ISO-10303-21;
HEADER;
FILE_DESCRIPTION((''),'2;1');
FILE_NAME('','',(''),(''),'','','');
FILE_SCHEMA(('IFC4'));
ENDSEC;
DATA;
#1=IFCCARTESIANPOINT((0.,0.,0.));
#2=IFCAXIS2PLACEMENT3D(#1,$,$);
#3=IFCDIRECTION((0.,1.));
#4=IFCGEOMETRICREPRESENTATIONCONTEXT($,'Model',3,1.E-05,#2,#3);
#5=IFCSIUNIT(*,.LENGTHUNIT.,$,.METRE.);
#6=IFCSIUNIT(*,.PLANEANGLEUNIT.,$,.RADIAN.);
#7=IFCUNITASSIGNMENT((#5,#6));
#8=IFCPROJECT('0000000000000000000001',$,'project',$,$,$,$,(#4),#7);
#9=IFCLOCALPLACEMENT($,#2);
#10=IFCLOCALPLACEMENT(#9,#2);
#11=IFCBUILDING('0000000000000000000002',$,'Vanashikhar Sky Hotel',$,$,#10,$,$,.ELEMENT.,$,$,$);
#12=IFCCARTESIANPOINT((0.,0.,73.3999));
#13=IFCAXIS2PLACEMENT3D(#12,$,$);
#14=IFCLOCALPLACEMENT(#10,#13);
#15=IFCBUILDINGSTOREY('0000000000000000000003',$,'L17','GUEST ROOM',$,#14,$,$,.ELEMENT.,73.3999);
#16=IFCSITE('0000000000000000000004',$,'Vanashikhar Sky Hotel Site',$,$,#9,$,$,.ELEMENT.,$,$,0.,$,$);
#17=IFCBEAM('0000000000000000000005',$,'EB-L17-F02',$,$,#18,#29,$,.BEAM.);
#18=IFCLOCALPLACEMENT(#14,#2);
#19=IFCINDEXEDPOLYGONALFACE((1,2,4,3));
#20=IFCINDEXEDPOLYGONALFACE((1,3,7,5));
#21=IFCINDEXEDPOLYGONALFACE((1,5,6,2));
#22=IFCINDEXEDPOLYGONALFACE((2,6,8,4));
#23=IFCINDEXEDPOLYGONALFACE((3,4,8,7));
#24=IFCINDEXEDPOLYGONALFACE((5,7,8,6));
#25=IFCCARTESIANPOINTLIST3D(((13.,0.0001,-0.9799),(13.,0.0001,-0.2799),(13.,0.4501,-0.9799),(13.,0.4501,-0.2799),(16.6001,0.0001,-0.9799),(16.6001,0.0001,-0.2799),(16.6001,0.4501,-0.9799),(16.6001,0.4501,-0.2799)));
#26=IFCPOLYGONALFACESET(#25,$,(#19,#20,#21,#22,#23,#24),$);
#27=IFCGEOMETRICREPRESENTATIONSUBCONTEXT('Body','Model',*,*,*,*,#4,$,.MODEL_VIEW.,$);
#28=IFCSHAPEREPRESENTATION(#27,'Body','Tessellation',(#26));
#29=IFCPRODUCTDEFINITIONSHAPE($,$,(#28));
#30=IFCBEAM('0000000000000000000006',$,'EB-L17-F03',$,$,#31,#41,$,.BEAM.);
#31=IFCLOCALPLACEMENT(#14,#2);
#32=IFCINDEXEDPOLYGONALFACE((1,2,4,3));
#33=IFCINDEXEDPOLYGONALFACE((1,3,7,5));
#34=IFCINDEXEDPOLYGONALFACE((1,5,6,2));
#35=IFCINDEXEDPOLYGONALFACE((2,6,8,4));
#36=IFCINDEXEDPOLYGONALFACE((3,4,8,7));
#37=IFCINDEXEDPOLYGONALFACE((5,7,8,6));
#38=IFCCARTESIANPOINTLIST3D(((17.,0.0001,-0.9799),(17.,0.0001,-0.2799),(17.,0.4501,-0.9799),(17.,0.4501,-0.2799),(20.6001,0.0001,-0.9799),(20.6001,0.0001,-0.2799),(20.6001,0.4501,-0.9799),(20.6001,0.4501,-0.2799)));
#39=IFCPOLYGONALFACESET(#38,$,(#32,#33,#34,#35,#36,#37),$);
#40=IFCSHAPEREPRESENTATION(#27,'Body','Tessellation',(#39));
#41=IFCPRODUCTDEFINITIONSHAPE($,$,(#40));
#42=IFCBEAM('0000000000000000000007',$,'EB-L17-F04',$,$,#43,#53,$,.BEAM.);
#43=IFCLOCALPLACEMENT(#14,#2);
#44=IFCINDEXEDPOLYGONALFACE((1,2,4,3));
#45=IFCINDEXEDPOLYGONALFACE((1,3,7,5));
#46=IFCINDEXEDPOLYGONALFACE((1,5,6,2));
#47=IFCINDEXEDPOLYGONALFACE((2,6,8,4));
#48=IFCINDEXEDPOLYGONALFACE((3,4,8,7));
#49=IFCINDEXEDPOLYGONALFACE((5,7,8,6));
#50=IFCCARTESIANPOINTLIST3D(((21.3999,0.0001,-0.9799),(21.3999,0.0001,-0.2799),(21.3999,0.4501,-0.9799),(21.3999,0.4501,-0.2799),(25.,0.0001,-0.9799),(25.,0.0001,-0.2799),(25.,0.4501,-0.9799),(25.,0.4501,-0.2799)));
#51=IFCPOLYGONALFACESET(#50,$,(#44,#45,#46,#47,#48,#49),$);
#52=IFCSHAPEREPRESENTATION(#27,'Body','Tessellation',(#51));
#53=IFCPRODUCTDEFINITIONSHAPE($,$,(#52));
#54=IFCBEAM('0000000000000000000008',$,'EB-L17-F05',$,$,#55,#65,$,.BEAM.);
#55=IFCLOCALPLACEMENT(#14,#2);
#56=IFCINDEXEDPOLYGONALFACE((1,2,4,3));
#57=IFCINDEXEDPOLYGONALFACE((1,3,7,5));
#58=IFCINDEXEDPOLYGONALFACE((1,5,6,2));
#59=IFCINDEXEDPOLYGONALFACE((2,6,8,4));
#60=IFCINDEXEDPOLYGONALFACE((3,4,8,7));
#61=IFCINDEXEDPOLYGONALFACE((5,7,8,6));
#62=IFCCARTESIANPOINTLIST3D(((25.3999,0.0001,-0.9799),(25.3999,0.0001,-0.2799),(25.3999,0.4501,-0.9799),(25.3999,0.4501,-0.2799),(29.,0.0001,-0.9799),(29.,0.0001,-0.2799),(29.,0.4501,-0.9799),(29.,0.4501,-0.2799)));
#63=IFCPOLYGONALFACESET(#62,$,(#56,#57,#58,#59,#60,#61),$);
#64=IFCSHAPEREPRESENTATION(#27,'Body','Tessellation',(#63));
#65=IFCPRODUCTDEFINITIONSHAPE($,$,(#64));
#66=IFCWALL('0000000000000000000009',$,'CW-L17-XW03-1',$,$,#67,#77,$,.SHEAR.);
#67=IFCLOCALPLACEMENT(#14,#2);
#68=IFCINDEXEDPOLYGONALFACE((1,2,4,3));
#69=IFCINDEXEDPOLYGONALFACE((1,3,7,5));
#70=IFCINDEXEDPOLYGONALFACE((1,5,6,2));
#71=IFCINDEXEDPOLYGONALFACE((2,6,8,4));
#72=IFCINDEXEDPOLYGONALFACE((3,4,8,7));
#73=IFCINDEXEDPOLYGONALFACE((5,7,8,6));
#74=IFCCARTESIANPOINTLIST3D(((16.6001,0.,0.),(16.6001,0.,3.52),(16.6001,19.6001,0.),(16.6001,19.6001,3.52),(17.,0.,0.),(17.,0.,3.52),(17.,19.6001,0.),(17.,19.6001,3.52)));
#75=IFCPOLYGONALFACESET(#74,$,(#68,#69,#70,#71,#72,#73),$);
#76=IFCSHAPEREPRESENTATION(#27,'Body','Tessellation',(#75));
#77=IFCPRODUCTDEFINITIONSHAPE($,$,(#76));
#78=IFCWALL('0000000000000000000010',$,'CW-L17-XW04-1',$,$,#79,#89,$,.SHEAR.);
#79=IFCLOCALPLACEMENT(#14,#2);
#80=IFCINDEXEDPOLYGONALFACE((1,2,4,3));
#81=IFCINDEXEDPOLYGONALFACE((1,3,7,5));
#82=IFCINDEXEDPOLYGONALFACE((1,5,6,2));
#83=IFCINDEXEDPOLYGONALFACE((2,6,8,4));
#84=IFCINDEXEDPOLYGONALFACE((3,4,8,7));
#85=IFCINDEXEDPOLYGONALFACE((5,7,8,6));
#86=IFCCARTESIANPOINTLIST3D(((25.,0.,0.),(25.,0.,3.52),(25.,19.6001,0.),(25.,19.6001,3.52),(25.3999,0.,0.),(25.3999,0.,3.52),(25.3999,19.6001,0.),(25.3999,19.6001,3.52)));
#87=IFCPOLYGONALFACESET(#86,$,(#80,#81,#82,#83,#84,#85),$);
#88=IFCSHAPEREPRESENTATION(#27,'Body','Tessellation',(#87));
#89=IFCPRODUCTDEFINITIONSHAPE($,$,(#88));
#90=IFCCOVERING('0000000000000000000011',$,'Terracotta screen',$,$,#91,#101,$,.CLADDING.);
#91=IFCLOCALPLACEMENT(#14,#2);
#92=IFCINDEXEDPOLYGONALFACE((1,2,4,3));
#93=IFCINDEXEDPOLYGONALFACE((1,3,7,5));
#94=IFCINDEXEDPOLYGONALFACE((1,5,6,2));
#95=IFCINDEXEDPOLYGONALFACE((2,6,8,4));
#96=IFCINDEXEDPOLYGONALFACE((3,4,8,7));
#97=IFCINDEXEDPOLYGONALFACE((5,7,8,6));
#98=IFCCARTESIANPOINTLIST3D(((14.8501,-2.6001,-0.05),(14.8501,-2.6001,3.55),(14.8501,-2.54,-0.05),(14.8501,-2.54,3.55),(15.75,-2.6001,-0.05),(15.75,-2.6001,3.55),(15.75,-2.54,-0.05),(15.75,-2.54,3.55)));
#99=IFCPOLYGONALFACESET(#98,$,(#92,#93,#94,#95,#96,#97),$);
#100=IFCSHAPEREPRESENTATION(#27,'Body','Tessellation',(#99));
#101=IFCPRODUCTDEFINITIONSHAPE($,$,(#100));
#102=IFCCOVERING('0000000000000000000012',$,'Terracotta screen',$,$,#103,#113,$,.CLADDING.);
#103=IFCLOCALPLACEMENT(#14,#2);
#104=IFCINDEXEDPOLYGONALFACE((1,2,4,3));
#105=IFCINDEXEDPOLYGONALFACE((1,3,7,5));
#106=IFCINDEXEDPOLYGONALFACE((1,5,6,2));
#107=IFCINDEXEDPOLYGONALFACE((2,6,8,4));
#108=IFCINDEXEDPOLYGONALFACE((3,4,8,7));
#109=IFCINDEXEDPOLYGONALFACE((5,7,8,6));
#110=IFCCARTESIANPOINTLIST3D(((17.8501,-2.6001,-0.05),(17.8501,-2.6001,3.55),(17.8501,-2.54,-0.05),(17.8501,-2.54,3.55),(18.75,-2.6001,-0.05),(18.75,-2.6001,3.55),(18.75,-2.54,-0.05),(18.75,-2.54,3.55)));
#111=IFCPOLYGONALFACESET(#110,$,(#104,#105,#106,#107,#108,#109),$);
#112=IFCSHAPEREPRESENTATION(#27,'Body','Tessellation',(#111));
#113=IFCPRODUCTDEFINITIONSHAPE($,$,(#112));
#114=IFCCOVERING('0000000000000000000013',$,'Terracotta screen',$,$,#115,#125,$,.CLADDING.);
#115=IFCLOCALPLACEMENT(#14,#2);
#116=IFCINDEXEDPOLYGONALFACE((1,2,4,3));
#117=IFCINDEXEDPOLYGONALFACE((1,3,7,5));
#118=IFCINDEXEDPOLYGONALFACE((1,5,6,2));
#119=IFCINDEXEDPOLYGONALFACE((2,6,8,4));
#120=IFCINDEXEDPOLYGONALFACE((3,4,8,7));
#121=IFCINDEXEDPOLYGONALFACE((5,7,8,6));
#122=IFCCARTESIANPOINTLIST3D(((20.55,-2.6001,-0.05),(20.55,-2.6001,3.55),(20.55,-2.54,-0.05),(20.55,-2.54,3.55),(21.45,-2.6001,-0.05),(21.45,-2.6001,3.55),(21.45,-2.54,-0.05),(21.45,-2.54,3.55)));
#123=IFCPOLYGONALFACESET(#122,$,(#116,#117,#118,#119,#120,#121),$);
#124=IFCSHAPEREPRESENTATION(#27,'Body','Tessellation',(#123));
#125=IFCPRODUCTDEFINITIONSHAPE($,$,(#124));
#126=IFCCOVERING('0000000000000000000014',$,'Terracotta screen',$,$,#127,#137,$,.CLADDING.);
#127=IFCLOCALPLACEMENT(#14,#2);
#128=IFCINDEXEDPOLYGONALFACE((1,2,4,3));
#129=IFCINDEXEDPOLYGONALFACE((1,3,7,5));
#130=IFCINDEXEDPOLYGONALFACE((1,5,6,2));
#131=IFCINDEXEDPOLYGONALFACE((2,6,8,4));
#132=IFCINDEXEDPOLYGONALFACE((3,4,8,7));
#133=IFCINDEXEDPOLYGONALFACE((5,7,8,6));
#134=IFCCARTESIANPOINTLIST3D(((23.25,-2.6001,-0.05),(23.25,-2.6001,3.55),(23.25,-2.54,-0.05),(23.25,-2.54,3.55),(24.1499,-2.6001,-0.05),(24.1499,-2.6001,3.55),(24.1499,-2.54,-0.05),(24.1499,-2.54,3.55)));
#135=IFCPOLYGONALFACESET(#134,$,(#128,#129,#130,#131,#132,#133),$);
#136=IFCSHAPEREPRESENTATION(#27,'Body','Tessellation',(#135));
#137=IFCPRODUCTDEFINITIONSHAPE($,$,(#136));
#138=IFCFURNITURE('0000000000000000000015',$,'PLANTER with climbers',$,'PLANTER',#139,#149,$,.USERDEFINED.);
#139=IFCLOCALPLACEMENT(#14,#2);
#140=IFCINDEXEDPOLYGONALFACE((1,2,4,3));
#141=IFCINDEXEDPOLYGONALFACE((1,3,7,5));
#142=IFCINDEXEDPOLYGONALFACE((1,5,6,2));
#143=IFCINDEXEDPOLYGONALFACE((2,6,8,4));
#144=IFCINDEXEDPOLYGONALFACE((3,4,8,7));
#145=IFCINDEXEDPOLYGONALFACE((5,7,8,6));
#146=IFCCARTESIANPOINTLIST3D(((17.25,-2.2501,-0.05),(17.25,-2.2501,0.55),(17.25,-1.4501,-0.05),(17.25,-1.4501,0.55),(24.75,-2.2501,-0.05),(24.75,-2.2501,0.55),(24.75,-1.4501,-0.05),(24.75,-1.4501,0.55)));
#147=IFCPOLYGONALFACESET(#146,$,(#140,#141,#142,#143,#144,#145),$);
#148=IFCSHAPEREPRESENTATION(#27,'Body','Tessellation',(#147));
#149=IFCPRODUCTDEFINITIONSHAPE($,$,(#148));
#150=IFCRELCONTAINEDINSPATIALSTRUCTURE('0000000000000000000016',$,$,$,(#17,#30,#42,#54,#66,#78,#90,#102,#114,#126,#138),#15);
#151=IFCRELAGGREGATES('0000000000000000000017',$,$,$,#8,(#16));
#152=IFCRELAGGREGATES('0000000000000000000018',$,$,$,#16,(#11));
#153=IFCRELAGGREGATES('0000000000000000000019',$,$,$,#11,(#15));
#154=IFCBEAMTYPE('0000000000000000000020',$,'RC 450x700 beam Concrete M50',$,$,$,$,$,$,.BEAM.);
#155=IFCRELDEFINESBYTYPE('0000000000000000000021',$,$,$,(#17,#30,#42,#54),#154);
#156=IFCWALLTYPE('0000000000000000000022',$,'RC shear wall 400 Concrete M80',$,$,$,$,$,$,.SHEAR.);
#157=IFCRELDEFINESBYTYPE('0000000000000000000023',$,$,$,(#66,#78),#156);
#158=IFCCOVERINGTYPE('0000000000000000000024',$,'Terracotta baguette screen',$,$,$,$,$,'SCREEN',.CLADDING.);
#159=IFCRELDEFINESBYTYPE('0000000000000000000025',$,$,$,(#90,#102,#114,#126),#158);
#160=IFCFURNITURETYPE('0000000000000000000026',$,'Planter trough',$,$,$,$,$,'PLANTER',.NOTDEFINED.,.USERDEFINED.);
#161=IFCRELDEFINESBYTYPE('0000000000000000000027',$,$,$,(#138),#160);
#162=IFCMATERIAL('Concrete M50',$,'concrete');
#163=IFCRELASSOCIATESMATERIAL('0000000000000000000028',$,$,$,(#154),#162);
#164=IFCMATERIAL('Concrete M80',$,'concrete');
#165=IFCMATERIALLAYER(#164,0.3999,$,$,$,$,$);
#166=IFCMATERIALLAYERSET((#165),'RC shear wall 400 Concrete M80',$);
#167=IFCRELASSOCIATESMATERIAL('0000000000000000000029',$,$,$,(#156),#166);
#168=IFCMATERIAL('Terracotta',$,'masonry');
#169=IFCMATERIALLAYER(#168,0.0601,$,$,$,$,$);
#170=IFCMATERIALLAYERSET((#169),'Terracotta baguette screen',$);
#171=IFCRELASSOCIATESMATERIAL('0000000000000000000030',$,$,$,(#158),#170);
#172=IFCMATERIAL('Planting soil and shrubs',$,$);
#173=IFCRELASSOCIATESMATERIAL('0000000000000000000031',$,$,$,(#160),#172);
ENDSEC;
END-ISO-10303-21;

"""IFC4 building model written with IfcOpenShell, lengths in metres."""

from ifc_helpers import new_model, si_unit, direction, frame, frame_2d, origin, origin_2d, place, context, subcontext, project, spatial, rectangle, extrude, source, transform, mapped, material, layer, layer_set, material_profile, profile_set, type_object, element, save


model = new_model("IFC4")

# Units and contexts
model_context = context("Model", 3, precision=1e-05, world=origin(), true_north=direction((0.0, 1.0)))
body_context = subcontext(model_context, "Body", "Model", "MODEL_VIEW")
ifc_project = project(units=[si_unit("LENGTHUNIT", "METRE"), si_unit("PLANEANGLEUNIT", "RADIAN")], contexts=[model_context])

# Site, building, storey
site_placement = place(None, origin())
site = spatial("IfcSite", under=ifc_project, at=site_placement, Name="Vanashikhar Sky Hotel Site", CompositionType="ELEMENT", RefElevation=0.0)
building_placement = place(site_placement, origin())
building = spatial("IfcBuilding", under=site, at=building_placement, Name="Vanashikhar Sky Hotel", CompositionType="ELEMENT")
storey_placement = place(building_placement, frame((0.0, 0.0, 73.3999)))
storey = spatial("IfcBuildingStorey", under=building, at=storey_placement, Name="L17", Description="GUEST ROOM", CompositionType="ELEMENT", Elevation=73.3999)

# Beams
ifc_material_1 = material(Name="Concrete M50", Category="concrete")
ifc_material_profile = material_profile(ifc_material_1, rectangle(XDim=0.45, YDim=0.7, at=origin_2d()))
ifc_profile_set = profile_set([ifc_material_profile], Name="RC 450x700 beam Concrete M50")
beam_type = type_object("IfcBeamType", Name="RC 450x700 beam Concrete M50", PredefinedType="BEAM", material=ifc_profile_set)
shared_shape_1 = source(origin(), body_context, "Body", "SweptSolid", [
    extrude(rectangle(XDim=0.45, YDim=0.7, at=origin_2d()), origin(), (0.0, 0.0, 1.0), 3.6001),
])
for number, where, z_axis, x_axis, name in (
    (1, (13.0, 0.2251, -0.6299), (1.0, 0.0, 0.0), (0.0, 1.0, 0.0), "EB-L17-F02"),
    (2, (17.0, 0.2251, -0.6299), (1.0, 0.0, 0.0), (0.0, 1.0, 0.0), "EB-L17-F03"),
    (3, (21.3999, 0.2251, -0.6299), (1.0, 0.0, 0.0), (0.0, 1.0, 0.0), "EB-L17-F04"),
    (4, (25.3999, 0.2251, -0.6299), (1.0, 0.0, 0.0), (0.0, 1.0, 0.0), "EB-L17-F05"),
):
    element("IfcBeam", number, at=place(storey_placement, frame(where, z_axis=z_axis, x_axis=x_axis)), inside=storey, type_object=beam_type, Name=name, PredefinedType="BEAM", context=body_context, shape_type="MappedRepresentation", body=[
        mapped(shared_shape_1, transform((0.0, 0.0, 0.0), scale=1.0)),
    ])

# Walls
ifc_material_2 = material(Name="Concrete M80", Category="concrete")
ifc_layer_1 = layer(ifc_material_2, 0.3999)
ifc_layer_set_1 = layer_set([ifc_layer_1], Name="RC shear wall 400 Concrete M80")
wall_type_1 = type_object("IfcWallType", Name="RC shear wall 400 Concrete M80", PredefinedType="SHEAR", material=ifc_layer_set_1)
shared_shape_2 = source(origin(), body_context, "Body", "SweptSolid", [
    extrude(rectangle(XDim=19.6001, YDim=0.3999, at=frame_2d((9.8, 0.0))), origin(), (0.0, 0.0, 1.0), 3.52),
])
for number, where, z_axis, x_axis, name in (
    (5, (16.8, 0.0, 0.0), (0.0, 0.0, 1.0), (0.0, 1.0, 0.0), "CW-L17-XW03-1"),
    (6, (25.2, 0.0, 0.0), (0.0, 0.0, 1.0), (0.0, 1.0, 0.0), "CW-L17-XW04-1"),
):
    element("IfcWall", number, at=place(storey_placement, frame(where, z_axis=z_axis, x_axis=x_axis)), inside=storey, type_object=wall_type_1, Name=name, PredefinedType="SHEAR", context=body_context, shape_type="MappedRepresentation", body=[
        mapped(shared_shape_2, transform((0.0, 0.0, 0.0), scale=1.0)),
    ])

# Coverings
ifc_material_3 = material(Name="Terracotta", Category="masonry")
ifc_layer_2 = layer(ifc_material_3, 0.0601)
ifc_layer_set_2 = layer_set([ifc_layer_2], Name="Terracotta baguette screen")
covering_type = type_object("IfcCoveringType", Name="Terracotta baguette screen", ElementType="SCREEN", PredefinedType="CLADDING", material=ifc_layer_set_2)
shared_shape_3 = source(origin(), body_context, "Body", "SweptSolid", [
    extrude(rectangle(XDim=0.8999, YDim=0.0601, at=origin_2d()), origin(), (0.0, 0.0, 1.0), 3.6001),
])
for number, where, z_axis, x_axis, name in (
    (7, (15.3, -2.5701, -0.05), (0.0, 0.0, 1.0), (1.0, 0.0, 0.0), "Terracotta screen"),
    (8, (18.3, -2.5701, -0.05), (0.0, 0.0, 1.0), (1.0, 0.0, 0.0), "Terracotta screen"),
    (9, (21.0, -2.5701, -0.05), (0.0, 0.0, 1.0), (1.0, 0.0, 0.0), "Terracotta screen"),
    (10, (23.7, -2.5701, -0.05), (0.0, 0.0, 1.0), (1.0, 0.0, 0.0), "Terracotta screen"),
):
    element("IfcCovering", number, at=place(storey_placement, frame(where, z_axis=z_axis, x_axis=x_axis)), inside=storey, type_object=covering_type, Name=name, PredefinedType="CLADDING", context=body_context, shape_type="MappedRepresentation", body=[
        mapped(shared_shape_3, transform((0.0, 0.0, 0.0), scale=1.0)),
    ])

# Furniture
ifc_material_4 = material(Name="Planting soil and shrubs")
furniture_type = type_object("IfcFurnitureType", Name="Planter trough", ElementType="PLANTER", AssemblyPlace="NOTDEFINED", PredefinedType="USERDEFINED", material=ifc_material_4)
shared_shape_4 = source(origin(), body_context, "Body", "SweptSolid", [
    extrude(rectangle(XDim=7.5, YDim=0.8, at=origin_2d()), origin(), (0.0, 0.0, 1.0), 0.6001),
])
furniture_placement = place(storey_placement, frame((21.0, -1.8501, -0.05), z_axis=(0.0, 0.0, 1.0), x_axis=(1.0, 0.0, 0.0)))
element("IfcFurniture", 11, at=furniture_placement, inside=storey, type_object=furniture_type, Name="PLANTER with climbers", ObjectType="PLANTER", PredefinedType="USERDEFINED", context=body_context, shape_type="MappedRepresentation", body=[
    mapped(shared_shape_4, transform((0.0, 0.0, 0.0), scale=1.0)),
])

save(model, "model.ifc")
